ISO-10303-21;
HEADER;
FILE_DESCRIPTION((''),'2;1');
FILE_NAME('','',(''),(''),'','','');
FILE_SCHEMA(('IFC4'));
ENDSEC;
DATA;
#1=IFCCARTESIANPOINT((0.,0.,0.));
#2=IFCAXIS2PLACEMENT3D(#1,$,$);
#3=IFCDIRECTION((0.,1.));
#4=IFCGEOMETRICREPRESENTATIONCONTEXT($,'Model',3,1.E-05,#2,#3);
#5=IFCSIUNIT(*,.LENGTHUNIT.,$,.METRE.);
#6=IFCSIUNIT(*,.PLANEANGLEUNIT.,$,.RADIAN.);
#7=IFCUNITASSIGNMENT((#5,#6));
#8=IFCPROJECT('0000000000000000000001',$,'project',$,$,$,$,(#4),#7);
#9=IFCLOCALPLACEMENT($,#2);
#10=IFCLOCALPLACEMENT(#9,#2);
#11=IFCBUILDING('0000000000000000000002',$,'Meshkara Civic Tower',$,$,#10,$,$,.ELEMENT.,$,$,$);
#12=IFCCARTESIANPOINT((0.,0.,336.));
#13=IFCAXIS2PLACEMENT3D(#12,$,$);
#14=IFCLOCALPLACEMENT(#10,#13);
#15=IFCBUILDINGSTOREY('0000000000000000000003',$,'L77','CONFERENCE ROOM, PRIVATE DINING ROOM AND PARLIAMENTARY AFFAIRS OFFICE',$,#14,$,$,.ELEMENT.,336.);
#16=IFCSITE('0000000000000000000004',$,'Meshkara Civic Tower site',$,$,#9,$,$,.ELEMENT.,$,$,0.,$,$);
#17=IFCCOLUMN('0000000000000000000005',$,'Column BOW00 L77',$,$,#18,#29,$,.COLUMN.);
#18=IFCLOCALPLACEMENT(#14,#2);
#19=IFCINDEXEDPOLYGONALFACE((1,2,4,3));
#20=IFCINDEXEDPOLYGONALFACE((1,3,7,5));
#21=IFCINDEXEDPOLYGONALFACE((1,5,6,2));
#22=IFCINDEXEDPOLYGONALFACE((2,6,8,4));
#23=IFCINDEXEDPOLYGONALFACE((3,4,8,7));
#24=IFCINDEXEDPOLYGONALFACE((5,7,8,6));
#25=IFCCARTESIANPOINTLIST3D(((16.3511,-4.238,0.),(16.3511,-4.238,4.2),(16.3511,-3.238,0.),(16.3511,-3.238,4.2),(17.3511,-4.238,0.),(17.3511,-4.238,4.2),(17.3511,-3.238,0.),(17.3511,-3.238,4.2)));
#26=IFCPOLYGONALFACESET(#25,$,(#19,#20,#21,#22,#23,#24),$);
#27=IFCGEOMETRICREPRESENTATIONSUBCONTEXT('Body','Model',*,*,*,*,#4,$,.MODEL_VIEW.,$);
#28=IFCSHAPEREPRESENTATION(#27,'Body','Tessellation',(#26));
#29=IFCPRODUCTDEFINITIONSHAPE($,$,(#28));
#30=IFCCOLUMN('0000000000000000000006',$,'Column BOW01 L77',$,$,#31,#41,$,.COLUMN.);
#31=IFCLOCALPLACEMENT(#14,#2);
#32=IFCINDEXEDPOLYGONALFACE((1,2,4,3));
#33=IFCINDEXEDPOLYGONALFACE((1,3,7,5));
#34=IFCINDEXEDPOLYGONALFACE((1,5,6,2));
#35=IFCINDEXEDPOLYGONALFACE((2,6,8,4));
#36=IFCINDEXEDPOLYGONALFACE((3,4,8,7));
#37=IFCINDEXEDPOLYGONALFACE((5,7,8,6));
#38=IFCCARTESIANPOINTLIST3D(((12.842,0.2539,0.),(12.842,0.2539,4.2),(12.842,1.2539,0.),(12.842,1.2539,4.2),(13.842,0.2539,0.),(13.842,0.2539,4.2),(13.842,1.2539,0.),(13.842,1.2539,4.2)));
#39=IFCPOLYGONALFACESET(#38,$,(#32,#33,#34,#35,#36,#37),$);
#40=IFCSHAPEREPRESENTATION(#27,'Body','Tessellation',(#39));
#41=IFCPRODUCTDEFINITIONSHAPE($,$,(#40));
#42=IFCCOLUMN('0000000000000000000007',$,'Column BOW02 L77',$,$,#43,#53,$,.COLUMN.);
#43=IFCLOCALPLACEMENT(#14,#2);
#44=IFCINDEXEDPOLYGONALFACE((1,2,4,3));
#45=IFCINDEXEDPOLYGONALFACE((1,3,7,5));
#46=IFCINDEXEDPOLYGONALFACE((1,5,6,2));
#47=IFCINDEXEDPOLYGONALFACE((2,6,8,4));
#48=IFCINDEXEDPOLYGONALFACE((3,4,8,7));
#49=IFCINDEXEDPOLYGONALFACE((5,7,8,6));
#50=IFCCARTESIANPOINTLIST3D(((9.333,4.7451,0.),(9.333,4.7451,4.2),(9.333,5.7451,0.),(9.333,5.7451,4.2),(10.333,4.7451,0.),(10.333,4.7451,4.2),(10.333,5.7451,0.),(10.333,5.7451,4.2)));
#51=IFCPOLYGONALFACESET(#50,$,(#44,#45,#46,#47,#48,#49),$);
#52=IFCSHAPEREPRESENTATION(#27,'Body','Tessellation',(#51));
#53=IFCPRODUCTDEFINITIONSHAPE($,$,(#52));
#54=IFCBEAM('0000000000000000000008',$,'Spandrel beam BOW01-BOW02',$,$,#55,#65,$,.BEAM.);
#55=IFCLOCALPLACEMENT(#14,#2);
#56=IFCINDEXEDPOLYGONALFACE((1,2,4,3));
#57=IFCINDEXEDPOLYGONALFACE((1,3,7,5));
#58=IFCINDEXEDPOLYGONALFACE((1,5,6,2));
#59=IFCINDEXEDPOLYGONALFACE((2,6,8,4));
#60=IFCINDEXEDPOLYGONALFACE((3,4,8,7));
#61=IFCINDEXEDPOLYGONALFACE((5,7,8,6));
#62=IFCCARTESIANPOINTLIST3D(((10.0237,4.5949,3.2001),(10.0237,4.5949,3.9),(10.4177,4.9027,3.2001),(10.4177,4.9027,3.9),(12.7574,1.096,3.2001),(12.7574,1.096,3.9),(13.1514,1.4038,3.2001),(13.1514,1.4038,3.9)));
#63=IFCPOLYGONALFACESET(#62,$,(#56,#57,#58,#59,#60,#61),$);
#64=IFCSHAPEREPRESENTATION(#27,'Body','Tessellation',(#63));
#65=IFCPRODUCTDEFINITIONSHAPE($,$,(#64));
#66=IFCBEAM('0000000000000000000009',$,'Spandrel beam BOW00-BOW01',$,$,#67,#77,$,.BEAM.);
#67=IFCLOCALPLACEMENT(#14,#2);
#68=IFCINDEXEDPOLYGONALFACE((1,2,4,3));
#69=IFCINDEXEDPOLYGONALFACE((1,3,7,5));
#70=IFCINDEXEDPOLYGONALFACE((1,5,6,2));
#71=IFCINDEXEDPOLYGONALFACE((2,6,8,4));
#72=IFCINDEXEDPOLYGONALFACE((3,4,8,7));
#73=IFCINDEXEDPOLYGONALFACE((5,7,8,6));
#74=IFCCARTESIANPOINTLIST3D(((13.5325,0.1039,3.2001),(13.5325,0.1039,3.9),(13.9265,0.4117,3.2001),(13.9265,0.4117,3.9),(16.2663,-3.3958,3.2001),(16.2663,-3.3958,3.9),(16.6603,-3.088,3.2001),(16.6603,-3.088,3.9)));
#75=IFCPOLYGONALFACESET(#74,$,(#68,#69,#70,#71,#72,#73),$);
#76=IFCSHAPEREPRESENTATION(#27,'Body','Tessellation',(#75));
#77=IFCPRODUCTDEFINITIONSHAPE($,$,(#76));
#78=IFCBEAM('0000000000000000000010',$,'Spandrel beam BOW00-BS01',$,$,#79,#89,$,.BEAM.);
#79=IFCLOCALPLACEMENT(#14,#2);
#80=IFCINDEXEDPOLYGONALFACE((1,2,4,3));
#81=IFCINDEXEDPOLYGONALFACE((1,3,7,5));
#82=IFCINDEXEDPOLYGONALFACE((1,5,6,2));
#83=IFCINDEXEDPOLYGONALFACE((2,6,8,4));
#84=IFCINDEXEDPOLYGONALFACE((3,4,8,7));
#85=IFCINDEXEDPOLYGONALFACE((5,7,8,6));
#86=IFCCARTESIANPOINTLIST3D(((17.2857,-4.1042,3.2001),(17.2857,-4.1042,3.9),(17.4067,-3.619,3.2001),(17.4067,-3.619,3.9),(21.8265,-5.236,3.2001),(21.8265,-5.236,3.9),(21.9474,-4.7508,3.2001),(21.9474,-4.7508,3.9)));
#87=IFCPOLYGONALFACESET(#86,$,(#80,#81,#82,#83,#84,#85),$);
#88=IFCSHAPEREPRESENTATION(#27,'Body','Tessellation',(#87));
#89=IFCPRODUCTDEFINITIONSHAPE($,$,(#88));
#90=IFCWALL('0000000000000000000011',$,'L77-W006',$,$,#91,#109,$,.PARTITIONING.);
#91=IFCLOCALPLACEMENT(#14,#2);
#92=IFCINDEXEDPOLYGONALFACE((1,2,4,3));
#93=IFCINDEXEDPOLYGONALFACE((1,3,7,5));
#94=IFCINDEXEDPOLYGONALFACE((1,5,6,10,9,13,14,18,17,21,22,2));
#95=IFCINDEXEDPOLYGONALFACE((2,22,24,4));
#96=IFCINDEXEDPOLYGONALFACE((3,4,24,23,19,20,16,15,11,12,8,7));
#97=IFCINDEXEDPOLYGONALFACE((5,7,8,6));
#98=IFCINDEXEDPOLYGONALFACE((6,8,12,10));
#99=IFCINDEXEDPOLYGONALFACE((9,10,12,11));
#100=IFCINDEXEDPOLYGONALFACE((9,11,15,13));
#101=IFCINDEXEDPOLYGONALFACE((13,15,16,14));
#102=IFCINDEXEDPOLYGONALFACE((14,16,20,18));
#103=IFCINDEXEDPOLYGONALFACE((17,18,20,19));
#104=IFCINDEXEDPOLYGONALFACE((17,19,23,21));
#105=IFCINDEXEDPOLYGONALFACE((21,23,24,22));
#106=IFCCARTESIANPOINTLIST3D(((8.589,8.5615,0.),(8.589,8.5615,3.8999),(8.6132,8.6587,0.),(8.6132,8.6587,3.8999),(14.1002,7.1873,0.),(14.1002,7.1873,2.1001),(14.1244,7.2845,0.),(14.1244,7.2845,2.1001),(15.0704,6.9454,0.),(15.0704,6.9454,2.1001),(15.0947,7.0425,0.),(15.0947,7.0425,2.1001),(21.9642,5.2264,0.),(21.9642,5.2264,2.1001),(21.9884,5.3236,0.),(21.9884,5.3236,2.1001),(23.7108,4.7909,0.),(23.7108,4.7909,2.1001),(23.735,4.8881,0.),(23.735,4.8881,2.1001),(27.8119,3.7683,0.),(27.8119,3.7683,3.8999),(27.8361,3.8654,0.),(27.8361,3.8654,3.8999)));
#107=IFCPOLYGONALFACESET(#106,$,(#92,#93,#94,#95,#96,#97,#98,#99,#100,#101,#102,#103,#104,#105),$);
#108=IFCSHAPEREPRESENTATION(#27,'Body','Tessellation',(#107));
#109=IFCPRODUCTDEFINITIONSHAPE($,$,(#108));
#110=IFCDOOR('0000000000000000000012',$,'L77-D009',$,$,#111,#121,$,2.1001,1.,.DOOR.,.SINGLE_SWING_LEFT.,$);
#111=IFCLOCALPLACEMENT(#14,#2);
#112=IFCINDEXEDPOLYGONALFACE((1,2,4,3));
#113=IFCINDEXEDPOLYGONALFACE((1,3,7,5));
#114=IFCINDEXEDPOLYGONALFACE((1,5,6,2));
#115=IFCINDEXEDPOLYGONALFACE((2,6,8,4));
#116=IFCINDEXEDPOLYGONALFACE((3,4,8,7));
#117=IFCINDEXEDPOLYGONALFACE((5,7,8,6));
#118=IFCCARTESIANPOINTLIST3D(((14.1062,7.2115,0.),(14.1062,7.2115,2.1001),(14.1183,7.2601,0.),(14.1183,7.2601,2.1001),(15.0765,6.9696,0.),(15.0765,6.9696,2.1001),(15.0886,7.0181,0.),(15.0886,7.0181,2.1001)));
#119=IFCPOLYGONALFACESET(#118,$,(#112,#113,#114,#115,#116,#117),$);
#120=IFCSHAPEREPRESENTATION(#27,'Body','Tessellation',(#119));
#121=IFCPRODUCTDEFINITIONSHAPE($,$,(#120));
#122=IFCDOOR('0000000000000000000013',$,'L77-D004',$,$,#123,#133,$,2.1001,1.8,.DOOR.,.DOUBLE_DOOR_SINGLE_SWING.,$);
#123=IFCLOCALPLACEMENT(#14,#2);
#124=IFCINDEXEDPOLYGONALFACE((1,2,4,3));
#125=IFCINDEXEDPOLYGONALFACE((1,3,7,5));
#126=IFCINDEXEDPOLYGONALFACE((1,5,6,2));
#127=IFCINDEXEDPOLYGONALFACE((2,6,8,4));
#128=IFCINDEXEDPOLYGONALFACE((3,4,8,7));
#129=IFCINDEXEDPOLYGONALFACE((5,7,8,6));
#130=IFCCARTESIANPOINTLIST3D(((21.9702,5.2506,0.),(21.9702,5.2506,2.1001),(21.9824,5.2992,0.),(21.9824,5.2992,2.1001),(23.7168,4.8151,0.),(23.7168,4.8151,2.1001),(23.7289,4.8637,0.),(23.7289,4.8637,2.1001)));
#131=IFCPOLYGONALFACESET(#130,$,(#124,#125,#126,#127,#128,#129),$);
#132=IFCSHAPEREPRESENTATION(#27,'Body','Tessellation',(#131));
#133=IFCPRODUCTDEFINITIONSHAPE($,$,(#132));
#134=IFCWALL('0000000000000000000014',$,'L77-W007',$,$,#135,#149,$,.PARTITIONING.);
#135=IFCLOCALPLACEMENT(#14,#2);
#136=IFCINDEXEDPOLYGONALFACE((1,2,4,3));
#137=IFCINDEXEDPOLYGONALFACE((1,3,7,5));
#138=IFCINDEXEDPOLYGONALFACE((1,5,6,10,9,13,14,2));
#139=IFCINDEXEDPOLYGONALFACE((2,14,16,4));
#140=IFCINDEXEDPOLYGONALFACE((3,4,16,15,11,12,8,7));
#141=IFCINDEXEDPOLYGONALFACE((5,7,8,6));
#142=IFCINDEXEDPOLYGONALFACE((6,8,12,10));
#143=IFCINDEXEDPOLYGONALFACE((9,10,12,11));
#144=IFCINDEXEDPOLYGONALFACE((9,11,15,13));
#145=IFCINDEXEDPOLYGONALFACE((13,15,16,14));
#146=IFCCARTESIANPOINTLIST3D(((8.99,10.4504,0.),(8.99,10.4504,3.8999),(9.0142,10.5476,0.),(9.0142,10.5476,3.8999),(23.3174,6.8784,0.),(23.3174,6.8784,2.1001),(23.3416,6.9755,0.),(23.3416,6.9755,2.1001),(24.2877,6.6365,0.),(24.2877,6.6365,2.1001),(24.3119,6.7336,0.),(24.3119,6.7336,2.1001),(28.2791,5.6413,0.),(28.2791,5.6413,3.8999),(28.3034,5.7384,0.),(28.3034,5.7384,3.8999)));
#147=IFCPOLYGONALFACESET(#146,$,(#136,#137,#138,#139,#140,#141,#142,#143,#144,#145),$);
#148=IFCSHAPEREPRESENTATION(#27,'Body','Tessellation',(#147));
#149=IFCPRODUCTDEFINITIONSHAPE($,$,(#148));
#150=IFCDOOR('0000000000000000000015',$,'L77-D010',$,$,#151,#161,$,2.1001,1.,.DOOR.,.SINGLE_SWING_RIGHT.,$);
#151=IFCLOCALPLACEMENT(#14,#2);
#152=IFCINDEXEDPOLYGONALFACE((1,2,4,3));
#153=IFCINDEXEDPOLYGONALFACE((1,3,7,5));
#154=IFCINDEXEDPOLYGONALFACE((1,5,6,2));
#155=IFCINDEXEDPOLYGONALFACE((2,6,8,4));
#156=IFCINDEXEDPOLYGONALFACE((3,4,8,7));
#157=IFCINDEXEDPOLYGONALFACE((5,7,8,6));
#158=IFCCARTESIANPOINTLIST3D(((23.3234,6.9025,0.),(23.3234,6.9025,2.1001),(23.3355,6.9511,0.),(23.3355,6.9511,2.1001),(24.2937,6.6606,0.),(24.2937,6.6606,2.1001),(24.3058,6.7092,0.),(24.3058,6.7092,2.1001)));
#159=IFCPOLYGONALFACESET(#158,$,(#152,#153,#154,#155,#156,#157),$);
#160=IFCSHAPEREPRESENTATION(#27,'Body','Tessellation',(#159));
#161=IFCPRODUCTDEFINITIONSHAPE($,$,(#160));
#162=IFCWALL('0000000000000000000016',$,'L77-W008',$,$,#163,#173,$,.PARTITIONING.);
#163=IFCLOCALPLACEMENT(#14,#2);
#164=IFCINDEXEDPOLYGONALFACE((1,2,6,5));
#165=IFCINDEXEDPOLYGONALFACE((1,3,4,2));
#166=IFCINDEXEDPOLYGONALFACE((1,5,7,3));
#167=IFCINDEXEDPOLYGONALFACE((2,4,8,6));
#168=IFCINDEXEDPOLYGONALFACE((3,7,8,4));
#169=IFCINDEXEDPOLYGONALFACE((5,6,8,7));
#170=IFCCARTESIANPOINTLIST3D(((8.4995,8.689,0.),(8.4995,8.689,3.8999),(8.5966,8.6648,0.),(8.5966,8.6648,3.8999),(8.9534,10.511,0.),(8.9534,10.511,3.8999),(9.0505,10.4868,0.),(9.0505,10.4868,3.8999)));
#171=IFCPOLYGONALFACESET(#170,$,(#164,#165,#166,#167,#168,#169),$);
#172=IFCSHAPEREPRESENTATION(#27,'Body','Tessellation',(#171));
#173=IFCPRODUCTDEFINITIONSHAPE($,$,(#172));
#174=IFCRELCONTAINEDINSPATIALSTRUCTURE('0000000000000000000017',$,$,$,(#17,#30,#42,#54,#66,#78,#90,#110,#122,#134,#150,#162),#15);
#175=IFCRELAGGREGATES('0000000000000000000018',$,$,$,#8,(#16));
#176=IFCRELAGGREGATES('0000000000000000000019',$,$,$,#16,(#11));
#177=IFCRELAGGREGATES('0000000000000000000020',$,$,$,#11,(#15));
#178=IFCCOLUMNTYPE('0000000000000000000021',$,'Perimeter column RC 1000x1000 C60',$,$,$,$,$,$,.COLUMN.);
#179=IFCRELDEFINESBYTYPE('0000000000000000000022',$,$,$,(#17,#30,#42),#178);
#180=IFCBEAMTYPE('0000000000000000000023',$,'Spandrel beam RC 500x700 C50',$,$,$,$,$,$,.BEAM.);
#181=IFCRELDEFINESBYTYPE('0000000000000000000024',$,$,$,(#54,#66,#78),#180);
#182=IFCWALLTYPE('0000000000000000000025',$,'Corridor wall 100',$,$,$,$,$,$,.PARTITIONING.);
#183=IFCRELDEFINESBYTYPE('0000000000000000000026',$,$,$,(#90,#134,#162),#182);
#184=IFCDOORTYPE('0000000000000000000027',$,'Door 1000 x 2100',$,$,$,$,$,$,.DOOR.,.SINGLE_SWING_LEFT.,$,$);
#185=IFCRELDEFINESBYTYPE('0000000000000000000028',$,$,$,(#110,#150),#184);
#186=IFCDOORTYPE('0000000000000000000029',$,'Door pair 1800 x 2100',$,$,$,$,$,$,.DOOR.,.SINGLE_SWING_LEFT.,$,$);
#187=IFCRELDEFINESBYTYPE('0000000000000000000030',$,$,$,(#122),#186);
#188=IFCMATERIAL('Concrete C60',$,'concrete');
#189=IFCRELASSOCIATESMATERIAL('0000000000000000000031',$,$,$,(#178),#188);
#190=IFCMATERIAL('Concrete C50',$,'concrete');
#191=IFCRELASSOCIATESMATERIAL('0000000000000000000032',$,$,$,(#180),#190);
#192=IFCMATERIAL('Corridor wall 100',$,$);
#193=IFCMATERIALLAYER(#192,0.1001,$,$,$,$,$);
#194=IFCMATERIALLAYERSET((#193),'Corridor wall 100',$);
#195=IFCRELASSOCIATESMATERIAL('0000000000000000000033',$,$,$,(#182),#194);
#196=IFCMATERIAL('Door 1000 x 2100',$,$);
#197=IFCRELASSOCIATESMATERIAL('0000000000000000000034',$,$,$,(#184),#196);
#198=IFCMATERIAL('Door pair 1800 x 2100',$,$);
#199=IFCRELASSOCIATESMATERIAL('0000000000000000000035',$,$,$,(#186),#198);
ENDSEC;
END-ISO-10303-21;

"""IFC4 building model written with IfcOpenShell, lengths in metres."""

from ifc_helpers import new_model, si_unit, direction, frame, frame_2d, origin, origin_2d, place, context, subcontext, project, spatial, rectangle, extrude, material, layer, layer_set, material_profile, profile_set, type_object, element, fill, save


model = new_model("IFC4")

# Units and contexts
model_context = context("Model", 3, precision=1e-05, world=origin(), true_north=direction((0.0, 1.0)))
body_context = subcontext(model_context, "Body", "Model", "MODEL_VIEW")
ifc_project = project(units=[si_unit("LENGTHUNIT", "METRE"), si_unit("PLANEANGLEUNIT", "RADIAN")], contexts=[model_context])

# Site, building, storey
site_placement = place(None, origin())
site = spatial("IfcSite", under=ifc_project, at=site_placement, Name="Meshkara Civic Tower site", CompositionType="ELEMENT", RefElevation=0.0)
building_placement = place(site_placement, origin())
building = spatial("IfcBuilding", under=site, at=building_placement, Name="Meshkara Civic Tower", CompositionType="ELEMENT")
storey_placement = place(building_placement, frame((0.0, 0.0, 336.0)))
storey = spatial("IfcBuildingStorey", under=building, at=storey_placement, Name="L77", Description="CONFERENCE ROOM, PRIVATE DINING ROOM AND PARLIAMENTARY AFFAIRS OFFICE", CompositionType="ELEMENT", Elevation=336.0)

# Columns
ifc_material_1 = material(Name="Concrete C60", Category="concrete")
ifc_material_profile_1 = material_profile(ifc_material_1, rectangle(XDim=1.0, YDim=1.0, at=origin_2d()))
ifc_profile_set_1 = profile_set([ifc_material_profile_1], Name="Concrete C60")
column_type = type_object("IfcColumnType", Name="Perimeter column RC 1000x1000 C60", PredefinedType="COLUMN", material=ifc_profile_set_1)
for number, where, z_axis, x_axis, name in (
    (1, (16.8511, -3.738, 0.0), (0.0, 0.0, 1.0), (1.0, 0.0, 0.0), "Column BOW00 L77"),
    (2, (13.342, 0.7539, 0.0), (0.0, 0.0, 1.0), (1.0, 0.0, 0.0), "Column BOW01 L77"),
    (3, (9.833, 5.2451, 0.0), (0.0, 0.0, 1.0), (1.0, 0.0, 0.0), "Column BOW02 L77"),
):
    element("IfcColumn", number, at=place(storey_placement, frame(where, z_axis=z_axis, x_axis=x_axis)), inside=storey, type_object=column_type, Name=name, PredefinedType="COLUMN", context=body_context, shape_type="SweptSolid", body=[
        extrude(rectangle(XDim=1.0, YDim=1.0, at=origin_2d()), origin(), (0.0, 0.0, 1.0), 4.2),
    ])

# Beams
ifc_material_2 = material(Name="Concrete C50", Category="concrete")
ifc_material_profile_2 = material_profile(ifc_material_2, rectangle(XDim=0.5, YDim=0.7, at=origin_2d()))
ifc_profile_set_2 = profile_set([ifc_material_profile_2], Name="Concrete C50")
beam_type = type_object("IfcBeamType", Name="Spandrel beam RC 500x700 C50", PredefinedType="BEAM", material=ifc_profile_set_2)
beam_1_placement = place(storey_placement, frame((10.2207, 4.7488, 3.55), z_axis=(0.615675, -0.788, 0.0), x_axis=(0.788, 0.615675, 0.0)))
element("IfcBeam", 4, at=beam_1_placement, inside=storey, type_object=beam_type, Name="Spandrel beam BOW01-BOW02", PredefinedType="BEAM", context=body_context, shape_type="SweptSolid", body=[
    extrude(rectangle(XDim=0.5, YDim=0.7, at=origin_2d()), origin(), (0.0, 0.0, 1.0), 4.4402),
])
beam_2_placement = place(storey_placement, frame((13.7295, 0.2578, 3.55), z_axis=(0.615602, -0.788057, 0.0), x_axis=(0.788057, 0.615602, 0.0)))
element("IfcBeam", 5, at=beam_2_placement, inside=storey, type_object=beam_type, Name="Spandrel beam BOW00-BOW01", PredefinedType="BEAM", context=body_context, shape_type="SweptSolid", body=[
    extrude(rectangle(XDim=0.5, YDim=0.7, at=origin_2d()), origin(), (0.0, 0.0, 1.0), 4.4409),
])
beam_3_placement = place(storey_placement, frame((17.3462, -3.8616, 3.55), z_axis=(0.970311, -0.24186, 0.0), x_axis=(0.24186, 0.970311, 0.0)))
element("IfcBeam", 6, at=beam_3_placement, inside=storey, type_object=beam_type, Name="Spandrel beam BOW00-BS01", PredefinedType="BEAM", context=body_context, shape_type="SweptSolid", body=[
    extrude(rectangle(XDim=0.5, YDim=0.7, at=origin_2d()), origin(), (0.0, 0.0, 1.0), 4.6797),
])

# Wall, openings, doors
ifc_material_3 = material(Name="Corridor wall 100")
ifc_layer_1 = layer(ifc_material_3, 0.1001)
ifc_layer_set_1 = layer_set([ifc_layer_1], Name="Corridor wall 100")
wall_type_1 = type_object("IfcWallType", Name="Corridor wall 100", PredefinedType="PARTITIONING", material=ifc_layer_set_1)
wall_1_placement = place(storey_placement, frame((8.6011, 8.6101, 0.0), z_axis=(0.0, 0.0, 1.0), x_axis=(0.970291, -0.241941, 0.0)))
wall_1 = element("IfcWall", 7, at=wall_1_placement, inside=storey, type_object=wall_type_1, Name="L77-W006", PredefinedType="PARTITIONING", context=body_context, shape_type="SweptSolid", body=[
    extrude(rectangle(XDim=19.8115, YDim=0.1001, at=frame_2d((9.9058, 0.0))), origin(), (0.0, 0.0, 1.0), 3.8999),
])
opening_1_placement = place(wall_1_placement, frame((13.7849, 0.0, 0.0)))
opening_1 = element("IfcOpeningElement", 8, at=opening_1_placement, cuts=wall_1, PredefinedType="OPENING", context=body_context, shape_type="SweptSolid", body=[
    extrude(rectangle(XDim=1.8, YDim=2.1001, at=frame_2d((0.8999, 1.05))), frame((0.0, 0.0601, 0.0), z_axis=(0.0, -1.0, 0.0), x_axis=(1.0, 0.0, 0.0)), (0.0, 0.0, 1.0), 0.1201),
])
opening_2_placement = place(wall_1_placement, frame((5.6799, 0.0, 0.0)))
opening_2 = element("IfcOpeningElement", 9, at=opening_2_placement, cuts=wall_1, PredefinedType="OPENING", context=body_context, shape_type="SweptSolid", body=[
    extrude(rectangle(XDim=1.0, YDim=2.1001, at=frame_2d((0.5, 1.05))), frame((0.0, 0.0601, 0.0), z_axis=(0.0, -1.0, 0.0), x_axis=(1.0, 0.0, 0.0)), (0.0, 0.0, 1.0), 0.1201),
])
ifc_material_4 = material(Name="Door 1000 x 2100")
door_type_1 = type_object("IfcDoorType", Name="Door 1000 x 2100", OperationType="SINGLE_SWING_LEFT", PredefinedType="DOOR", material=ifc_material_4)
door_1_placement = place(opening_2_placement, origin())
door_1 = element("IfcDoor", 10, at=door_1_placement, inside=storey, type_object=door_type_1, Name="L77-D009", OperationType="SINGLE_SWING_LEFT", OverallHeight=2.1001, OverallWidth=1.0, PredefinedType="DOOR", context=body_context, shape_type="SweptSolid", body=[
    extrude(rectangle(XDim=1.0, YDim=2.1001, at=frame_2d((0.5, 1.05))), frame((0.0, 0.0249, 0.0), z_axis=(0.0, -1.0, 0.0), x_axis=(1.0, 0.0, 0.0)), (0.0, 0.0, 1.0), 0.05),
])
fill(opening_2, door_1)
ifc_material_5 = material(Name="Door pair 1800 x 2100")
door_type_2 = type_object("IfcDoorType", Name="Door pair 1800 x 2100", OperationType="SINGLE_SWING_LEFT", PredefinedType="DOOR", material=ifc_material_5)
door_2_placement = place(opening_1_placement, origin())
door_2 = element("IfcDoor", 11, at=door_2_placement, inside=storey, type_object=door_type_2, Name="L77-D004", OperationType="DOUBLE_DOOR_SINGLE_SWING", OverallHeight=2.1001, OverallWidth=1.8, PredefinedType="DOOR", context=body_context, shape_type="SweptSolid", body=[
    extrude(rectangle(XDim=1.8, YDim=2.1001, at=frame_2d((0.8999, 1.05))), frame((0.0, 0.0249, 0.0), z_axis=(0.0, -1.0, 0.0), x_axis=(1.0, 0.0, 0.0)), (0.0, 0.0, 1.0), 0.05),
])
fill(opening_1, door_2)

# Wall, opening, door
wall_2_placement = place(storey_placement, frame((9.002, 10.499, 0.0), z_axis=(0.0, 0.0, 1.0), x_axis=(0.970298, -0.241911, 0.0)))
wall_2 = element("IfcWall", 12, at=wall_2_placement, inside=storey, type_object=wall_type_1, Name="L77-W007", PredefinedType="PARTITIONING", context=body_context, shape_type="SweptSolid", body=[
    extrude(rectangle(XDim=19.8796, YDim=0.1001, at=frame_2d((9.9399, 0.0))), origin(), (0.0, 0.0, 1.0), 3.8999),
])
opening_3_placement = place(wall_2_placement, frame((14.7661, 0.0, 0.0)))
opening_3 = element("IfcOpeningElement", 13, at=opening_3_placement, cuts=wall_2, PredefinedType="OPENING", context=body_context, shape_type="SweptSolid", body=[
    extrude(rectangle(XDim=1.0, YDim=2.1001, at=frame_2d((0.5, 1.05))), frame((0.0, 0.0601, 0.0), z_axis=(0.0, -1.0, 0.0), x_axis=(1.0, 0.0, 0.0)), (0.0, 0.0, 1.0), 0.1201),
])
door_3_placement = place(opening_3_placement, origin())
door_3 = element("IfcDoor", 14, at=door_3_placement, inside=storey, type_object=door_type_1, Name="L77-D010", OperationType="SINGLE_SWING_RIGHT", OverallHeight=2.1001, OverallWidth=1.0, PredefinedType="DOOR", context=body_context, shape_type="SweptSolid", body=[
    extrude(rectangle(XDim=1.0, YDim=2.1001, at=frame_2d((0.5, 1.05))), frame((0.0, 0.0249, 0.0), z_axis=(0.0, -1.0, 0.0), x_axis=(1.0, 0.0, 0.0)), (0.0, 0.0, 1.0), 0.05),
])
fill(opening_3, door_3)

# Wall
wall_3_placement = place(storey_placement, frame((9.002, 10.499, 0.0), z_axis=(0.0, 0.0, 1.0), x_axis=(-0.24171, -0.970349, 0.0)))
element("IfcWall", 15, at=wall_3_placement, inside=storey, type_object=wall_type_1, Name="L77-W008", PredefinedType="PARTITIONING", context=body_context, shape_type="SweptSolid", body=[
    extrude(rectangle(XDim=1.8777, YDim=0.1001, at=frame_2d((0.939, 0.0))), origin(), (0.0, 0.0, 1.0), 3.8999),
])

save(model, "model.ifc")
